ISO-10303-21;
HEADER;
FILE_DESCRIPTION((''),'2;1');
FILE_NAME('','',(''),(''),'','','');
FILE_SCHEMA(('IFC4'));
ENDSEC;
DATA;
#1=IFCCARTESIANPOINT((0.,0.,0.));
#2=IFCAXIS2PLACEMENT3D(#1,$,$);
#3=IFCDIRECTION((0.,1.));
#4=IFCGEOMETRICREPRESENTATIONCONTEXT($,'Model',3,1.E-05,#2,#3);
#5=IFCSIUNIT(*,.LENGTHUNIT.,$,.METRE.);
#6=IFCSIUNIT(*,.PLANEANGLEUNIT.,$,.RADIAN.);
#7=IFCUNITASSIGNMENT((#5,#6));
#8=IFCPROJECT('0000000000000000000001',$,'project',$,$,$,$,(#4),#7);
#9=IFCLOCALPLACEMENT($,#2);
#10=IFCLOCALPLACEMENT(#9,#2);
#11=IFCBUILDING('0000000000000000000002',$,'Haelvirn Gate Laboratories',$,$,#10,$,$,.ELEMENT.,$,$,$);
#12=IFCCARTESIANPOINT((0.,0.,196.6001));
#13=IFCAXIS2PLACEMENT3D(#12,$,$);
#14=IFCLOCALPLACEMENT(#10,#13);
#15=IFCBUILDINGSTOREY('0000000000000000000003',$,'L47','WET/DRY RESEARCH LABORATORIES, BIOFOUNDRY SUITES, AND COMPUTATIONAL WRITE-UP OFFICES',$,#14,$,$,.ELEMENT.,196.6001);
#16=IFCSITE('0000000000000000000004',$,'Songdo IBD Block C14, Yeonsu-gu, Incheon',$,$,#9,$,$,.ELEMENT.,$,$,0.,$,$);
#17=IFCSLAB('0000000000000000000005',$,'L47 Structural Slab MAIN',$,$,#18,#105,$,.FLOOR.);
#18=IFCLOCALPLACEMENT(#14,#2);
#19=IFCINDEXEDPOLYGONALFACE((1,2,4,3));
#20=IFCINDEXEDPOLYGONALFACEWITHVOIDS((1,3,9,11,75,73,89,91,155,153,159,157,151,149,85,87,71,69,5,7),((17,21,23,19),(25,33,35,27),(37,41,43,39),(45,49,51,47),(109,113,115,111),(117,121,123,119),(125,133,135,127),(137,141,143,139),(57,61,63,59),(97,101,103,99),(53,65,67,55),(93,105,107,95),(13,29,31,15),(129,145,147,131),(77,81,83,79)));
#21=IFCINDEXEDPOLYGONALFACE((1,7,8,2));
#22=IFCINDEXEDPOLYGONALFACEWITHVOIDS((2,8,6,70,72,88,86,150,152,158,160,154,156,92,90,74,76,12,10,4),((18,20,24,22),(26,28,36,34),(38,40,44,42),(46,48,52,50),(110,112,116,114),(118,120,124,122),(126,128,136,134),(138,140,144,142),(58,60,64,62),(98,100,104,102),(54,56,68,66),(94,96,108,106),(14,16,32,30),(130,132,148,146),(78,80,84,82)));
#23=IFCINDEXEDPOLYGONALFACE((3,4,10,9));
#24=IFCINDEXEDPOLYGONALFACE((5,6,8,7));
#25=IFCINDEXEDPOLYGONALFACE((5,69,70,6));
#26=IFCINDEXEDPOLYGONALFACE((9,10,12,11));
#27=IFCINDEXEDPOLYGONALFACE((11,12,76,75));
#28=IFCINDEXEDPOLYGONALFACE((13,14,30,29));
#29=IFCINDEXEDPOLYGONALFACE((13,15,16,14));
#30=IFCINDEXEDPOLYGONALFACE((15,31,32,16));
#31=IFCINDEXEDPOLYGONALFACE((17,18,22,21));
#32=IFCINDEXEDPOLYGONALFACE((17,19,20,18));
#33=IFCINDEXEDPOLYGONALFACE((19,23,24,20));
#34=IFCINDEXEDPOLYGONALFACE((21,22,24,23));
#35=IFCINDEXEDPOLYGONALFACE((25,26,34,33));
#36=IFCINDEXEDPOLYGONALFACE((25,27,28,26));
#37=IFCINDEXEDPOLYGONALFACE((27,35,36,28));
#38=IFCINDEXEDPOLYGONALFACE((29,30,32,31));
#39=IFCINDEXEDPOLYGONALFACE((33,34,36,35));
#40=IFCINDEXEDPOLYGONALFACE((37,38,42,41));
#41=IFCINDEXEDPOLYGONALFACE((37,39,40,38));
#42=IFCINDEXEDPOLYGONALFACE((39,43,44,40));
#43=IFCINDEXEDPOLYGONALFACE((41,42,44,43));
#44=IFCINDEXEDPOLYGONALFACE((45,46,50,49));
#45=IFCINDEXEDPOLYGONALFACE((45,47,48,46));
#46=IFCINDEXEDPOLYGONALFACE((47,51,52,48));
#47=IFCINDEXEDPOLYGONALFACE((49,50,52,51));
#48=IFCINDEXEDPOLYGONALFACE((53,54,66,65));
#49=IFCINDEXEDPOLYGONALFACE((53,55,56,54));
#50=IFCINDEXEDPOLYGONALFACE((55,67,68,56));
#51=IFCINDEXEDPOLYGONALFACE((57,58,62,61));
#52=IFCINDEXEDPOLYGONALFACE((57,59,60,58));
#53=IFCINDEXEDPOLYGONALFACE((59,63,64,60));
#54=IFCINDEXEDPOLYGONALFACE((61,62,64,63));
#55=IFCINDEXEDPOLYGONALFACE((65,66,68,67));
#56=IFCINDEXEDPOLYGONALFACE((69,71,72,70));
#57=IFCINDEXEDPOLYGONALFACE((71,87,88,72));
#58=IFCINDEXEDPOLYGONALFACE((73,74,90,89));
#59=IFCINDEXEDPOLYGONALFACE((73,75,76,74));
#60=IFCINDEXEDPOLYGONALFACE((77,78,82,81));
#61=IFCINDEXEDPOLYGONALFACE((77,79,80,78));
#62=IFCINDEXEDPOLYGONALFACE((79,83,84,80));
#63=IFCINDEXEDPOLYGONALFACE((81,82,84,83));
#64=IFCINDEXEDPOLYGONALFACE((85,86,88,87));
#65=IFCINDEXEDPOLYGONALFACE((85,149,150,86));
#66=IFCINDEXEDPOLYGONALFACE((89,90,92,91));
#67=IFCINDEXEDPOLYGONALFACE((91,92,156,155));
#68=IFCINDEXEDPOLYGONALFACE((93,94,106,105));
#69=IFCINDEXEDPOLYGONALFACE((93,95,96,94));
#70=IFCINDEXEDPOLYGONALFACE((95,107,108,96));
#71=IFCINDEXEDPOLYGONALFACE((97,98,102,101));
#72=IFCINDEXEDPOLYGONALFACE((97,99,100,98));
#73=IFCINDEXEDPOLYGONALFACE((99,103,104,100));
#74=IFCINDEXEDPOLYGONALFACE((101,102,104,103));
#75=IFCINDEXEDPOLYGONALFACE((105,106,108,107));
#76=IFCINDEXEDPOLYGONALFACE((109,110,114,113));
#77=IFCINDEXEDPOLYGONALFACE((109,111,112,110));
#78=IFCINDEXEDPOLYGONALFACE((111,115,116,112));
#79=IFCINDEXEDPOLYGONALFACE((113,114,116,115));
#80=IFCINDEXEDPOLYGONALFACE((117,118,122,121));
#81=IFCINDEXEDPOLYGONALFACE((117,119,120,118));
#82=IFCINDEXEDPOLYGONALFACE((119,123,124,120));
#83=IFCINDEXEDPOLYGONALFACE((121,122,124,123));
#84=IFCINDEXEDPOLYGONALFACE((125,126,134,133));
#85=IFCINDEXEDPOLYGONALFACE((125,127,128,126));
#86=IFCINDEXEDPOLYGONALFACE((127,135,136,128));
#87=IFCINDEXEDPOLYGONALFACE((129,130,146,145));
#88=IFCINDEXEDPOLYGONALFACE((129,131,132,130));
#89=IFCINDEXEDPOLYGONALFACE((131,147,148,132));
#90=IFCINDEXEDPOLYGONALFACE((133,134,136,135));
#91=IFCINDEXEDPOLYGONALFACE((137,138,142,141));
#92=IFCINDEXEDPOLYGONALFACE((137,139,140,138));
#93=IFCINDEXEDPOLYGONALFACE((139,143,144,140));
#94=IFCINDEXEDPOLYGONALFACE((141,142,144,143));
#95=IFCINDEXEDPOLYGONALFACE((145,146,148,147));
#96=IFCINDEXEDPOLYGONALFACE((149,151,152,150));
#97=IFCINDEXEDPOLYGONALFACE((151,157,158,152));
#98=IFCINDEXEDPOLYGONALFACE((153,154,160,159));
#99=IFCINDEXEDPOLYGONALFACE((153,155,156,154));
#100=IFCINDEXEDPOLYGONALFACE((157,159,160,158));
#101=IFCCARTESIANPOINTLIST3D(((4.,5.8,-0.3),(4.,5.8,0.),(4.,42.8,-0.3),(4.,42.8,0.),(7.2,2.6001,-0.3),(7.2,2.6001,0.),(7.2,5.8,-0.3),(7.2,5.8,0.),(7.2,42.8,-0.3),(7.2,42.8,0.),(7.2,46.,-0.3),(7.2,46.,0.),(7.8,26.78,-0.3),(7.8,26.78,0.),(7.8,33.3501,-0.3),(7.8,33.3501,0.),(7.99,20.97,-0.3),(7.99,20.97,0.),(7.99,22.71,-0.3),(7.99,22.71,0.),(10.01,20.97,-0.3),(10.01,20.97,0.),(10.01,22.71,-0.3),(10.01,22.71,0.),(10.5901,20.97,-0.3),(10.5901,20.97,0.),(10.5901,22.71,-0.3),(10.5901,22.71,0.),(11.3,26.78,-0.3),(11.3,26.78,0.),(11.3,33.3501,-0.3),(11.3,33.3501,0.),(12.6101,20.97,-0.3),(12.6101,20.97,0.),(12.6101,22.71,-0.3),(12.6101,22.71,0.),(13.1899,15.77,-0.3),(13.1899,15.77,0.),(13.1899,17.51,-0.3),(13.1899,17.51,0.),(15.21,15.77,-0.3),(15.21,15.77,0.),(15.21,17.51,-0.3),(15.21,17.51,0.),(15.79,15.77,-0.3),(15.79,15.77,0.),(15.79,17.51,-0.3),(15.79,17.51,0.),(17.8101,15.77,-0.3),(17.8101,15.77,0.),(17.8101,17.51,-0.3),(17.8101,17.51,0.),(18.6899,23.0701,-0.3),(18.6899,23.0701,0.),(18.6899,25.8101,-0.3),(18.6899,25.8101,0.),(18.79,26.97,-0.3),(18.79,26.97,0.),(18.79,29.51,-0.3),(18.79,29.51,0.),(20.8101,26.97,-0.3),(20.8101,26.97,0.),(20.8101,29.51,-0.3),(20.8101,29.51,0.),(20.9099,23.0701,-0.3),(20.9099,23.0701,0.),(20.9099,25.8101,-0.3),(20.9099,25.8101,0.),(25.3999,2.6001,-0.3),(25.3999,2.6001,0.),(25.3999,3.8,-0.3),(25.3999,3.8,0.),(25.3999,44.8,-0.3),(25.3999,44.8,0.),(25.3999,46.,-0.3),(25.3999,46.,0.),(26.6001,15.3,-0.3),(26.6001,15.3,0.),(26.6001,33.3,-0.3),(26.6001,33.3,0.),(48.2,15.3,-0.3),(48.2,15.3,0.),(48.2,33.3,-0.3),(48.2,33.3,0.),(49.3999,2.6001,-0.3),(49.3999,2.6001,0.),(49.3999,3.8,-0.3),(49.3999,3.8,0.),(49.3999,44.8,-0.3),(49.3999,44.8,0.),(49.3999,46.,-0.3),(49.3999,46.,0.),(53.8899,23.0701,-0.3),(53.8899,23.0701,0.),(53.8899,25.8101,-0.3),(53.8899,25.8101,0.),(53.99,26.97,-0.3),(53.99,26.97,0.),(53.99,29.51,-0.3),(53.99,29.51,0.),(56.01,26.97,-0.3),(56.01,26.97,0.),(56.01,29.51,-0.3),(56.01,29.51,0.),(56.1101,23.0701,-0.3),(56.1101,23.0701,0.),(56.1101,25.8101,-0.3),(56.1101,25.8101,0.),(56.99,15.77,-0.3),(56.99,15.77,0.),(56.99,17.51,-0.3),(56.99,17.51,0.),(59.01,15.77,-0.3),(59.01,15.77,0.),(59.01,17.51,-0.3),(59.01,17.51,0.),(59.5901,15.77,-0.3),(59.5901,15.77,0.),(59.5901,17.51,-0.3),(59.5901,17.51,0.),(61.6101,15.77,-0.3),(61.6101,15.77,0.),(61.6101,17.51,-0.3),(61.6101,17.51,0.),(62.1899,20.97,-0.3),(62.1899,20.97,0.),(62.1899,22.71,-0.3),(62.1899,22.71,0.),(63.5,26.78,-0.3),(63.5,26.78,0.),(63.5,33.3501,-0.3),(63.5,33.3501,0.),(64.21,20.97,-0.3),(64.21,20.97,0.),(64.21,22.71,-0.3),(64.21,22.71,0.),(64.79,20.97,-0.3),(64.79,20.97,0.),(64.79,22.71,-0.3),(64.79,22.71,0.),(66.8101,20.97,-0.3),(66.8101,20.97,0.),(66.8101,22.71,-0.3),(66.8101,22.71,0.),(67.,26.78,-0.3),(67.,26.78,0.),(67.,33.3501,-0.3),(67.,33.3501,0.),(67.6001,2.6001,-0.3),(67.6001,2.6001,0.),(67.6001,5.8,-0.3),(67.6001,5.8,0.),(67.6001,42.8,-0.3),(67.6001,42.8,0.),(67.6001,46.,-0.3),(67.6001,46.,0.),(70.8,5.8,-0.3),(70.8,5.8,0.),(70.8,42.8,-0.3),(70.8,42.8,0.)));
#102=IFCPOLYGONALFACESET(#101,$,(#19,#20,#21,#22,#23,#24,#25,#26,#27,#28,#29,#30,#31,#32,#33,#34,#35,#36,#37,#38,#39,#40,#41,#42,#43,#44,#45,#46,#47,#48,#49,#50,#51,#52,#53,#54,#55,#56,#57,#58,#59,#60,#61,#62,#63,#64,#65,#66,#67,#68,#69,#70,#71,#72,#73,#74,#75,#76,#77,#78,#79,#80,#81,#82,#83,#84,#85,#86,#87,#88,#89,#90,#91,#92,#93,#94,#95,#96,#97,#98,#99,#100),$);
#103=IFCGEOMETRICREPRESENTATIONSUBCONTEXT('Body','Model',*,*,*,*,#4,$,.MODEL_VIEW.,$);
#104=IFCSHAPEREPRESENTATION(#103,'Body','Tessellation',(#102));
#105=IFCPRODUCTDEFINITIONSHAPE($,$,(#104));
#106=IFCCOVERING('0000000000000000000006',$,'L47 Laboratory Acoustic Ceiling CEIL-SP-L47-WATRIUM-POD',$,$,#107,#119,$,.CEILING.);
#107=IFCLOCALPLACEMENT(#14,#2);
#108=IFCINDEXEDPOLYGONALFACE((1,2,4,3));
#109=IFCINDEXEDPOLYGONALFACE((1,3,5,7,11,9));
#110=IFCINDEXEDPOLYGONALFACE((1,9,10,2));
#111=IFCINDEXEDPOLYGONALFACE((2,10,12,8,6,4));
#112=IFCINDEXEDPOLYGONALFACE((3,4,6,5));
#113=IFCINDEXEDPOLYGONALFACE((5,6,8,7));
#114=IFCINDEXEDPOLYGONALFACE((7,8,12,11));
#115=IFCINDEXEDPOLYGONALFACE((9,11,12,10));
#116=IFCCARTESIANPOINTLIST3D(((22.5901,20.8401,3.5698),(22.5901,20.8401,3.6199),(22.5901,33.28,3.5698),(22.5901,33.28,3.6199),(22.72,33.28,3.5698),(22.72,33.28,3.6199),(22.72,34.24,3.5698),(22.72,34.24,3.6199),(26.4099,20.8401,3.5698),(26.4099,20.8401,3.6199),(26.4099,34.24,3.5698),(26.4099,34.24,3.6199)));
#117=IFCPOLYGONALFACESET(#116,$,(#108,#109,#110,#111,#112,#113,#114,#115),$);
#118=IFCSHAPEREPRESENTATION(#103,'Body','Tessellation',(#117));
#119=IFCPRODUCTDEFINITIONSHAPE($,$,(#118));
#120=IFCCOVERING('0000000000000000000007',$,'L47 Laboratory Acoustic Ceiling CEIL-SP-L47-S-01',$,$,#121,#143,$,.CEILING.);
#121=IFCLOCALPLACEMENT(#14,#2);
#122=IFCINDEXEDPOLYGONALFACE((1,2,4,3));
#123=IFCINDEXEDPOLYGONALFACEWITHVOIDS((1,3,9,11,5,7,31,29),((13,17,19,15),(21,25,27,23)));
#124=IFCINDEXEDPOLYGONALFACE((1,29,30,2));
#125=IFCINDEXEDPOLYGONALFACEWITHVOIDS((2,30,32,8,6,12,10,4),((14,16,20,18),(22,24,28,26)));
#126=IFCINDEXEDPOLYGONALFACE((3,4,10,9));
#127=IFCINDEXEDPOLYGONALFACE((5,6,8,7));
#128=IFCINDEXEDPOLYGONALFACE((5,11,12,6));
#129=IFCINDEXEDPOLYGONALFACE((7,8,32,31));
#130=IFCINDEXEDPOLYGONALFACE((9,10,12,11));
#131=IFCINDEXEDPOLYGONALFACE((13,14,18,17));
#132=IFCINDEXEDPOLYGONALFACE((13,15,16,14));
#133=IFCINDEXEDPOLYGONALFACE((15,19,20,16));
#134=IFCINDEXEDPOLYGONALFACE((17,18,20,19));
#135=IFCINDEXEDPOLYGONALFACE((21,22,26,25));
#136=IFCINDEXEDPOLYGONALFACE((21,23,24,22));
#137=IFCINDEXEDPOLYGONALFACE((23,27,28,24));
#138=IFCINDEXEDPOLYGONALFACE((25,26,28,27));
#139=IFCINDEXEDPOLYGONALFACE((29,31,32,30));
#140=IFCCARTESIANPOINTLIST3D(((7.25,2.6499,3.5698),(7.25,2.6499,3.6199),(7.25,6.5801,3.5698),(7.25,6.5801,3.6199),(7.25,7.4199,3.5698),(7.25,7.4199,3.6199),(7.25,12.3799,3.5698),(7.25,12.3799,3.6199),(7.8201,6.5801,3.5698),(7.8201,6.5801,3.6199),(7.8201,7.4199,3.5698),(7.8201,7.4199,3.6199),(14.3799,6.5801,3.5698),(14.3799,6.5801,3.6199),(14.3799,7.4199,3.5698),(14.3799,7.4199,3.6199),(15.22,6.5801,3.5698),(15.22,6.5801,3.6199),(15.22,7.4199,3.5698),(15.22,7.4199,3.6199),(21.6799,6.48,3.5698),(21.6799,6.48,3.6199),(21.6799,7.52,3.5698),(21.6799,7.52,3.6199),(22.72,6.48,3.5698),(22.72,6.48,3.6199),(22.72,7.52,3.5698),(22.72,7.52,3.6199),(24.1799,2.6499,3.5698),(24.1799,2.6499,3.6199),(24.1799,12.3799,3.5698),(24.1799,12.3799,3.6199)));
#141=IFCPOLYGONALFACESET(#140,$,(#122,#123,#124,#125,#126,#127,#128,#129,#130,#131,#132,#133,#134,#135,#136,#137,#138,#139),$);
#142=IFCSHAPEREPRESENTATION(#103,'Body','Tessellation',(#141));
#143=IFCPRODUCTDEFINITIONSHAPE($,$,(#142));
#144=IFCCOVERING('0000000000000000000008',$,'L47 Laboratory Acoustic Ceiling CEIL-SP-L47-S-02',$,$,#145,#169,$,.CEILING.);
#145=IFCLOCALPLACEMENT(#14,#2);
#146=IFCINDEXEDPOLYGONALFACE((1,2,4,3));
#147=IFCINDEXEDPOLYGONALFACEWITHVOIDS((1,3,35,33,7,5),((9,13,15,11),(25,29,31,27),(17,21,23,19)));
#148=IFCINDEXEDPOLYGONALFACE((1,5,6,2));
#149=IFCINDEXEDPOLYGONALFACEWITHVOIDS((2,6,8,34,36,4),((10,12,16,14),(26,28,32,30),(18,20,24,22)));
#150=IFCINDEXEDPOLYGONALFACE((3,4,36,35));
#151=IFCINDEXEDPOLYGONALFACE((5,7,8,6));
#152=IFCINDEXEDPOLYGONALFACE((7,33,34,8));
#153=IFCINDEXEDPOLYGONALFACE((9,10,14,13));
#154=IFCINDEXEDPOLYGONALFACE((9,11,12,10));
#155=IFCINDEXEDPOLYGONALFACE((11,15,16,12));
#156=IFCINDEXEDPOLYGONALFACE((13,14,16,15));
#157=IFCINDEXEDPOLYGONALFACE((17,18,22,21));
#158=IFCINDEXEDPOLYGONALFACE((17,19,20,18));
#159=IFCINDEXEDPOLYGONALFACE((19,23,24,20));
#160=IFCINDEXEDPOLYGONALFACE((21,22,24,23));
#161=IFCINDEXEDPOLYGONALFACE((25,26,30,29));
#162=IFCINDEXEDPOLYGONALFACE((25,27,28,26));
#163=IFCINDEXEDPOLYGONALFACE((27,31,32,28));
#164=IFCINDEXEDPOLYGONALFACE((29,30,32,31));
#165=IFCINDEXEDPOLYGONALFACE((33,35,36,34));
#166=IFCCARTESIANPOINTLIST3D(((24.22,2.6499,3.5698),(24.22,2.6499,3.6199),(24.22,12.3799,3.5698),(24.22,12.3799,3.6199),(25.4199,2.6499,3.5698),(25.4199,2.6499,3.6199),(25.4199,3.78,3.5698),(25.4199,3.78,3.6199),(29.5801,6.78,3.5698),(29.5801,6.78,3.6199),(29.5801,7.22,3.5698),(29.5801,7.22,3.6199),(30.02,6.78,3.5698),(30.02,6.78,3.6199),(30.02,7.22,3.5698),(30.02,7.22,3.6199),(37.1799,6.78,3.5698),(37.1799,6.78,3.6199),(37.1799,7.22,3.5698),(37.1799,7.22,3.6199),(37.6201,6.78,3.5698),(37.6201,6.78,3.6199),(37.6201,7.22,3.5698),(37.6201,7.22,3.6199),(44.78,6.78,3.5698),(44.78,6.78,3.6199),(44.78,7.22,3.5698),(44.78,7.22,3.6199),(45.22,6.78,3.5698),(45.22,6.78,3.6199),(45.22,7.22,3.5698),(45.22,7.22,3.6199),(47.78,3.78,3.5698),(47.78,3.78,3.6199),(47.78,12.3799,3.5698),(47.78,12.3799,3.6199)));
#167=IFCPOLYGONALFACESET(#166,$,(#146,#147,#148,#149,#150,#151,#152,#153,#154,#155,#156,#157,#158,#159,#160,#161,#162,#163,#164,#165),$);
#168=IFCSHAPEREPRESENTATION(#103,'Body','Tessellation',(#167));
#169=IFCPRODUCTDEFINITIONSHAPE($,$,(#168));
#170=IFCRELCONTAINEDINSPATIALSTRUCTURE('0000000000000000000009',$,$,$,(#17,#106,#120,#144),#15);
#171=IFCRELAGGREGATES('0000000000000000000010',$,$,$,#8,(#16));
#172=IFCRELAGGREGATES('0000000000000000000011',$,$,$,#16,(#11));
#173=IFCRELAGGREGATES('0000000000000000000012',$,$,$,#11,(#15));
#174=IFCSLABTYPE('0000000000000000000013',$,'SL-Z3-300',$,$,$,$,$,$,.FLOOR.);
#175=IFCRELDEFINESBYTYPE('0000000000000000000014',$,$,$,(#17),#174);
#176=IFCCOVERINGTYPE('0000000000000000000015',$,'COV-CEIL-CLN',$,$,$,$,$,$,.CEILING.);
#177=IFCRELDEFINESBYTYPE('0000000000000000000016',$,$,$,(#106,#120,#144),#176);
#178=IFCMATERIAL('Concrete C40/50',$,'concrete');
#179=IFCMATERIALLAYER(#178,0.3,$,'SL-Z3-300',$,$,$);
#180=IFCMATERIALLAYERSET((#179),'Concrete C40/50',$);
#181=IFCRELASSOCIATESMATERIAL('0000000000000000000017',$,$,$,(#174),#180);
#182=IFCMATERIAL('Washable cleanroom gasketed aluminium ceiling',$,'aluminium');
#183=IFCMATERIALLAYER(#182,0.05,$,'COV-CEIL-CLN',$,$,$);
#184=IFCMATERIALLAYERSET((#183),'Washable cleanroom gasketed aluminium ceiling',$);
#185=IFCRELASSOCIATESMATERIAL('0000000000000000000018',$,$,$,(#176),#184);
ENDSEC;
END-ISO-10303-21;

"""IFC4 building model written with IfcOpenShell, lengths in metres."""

from ifc_helpers import new_model, si_unit, direction, frame, origin, place, context, subcontext, project, spatial, polyline, outline, extrude, material, layer, layer_set, type_object, element, save


model = new_model("IFC4")

# Units and contexts
model_context = context("Model", 3, precision=1e-05, world=origin(), true_north=direction((0.0, 1.0)))
body_context = subcontext(model_context, "Body", "Model", "MODEL_VIEW")
ifc_project = project(units=[si_unit("LENGTHUNIT", "METRE"), si_unit("PLANEANGLEUNIT", "RADIAN")], contexts=[model_context])

# Site, building, storey
site_placement = place(None, origin())
site = spatial("IfcSite", under=ifc_project, at=site_placement, Name="Songdo IBD Block C14, Yeonsu-gu, Incheon", CompositionType="ELEMENT", RefElevation=0.0)
building_placement = place(site_placement, origin())
building = spatial("IfcBuilding", under=site, at=building_placement, Name="Haelvirn Gate Laboratories", CompositionType="ELEMENT")
storey_placement = place(building_placement, frame((0.0, 0.0, 196.6001)))
storey = spatial("IfcBuildingStorey", under=building, at=storey_placement, Name="L47", Description="WET/DRY RESEARCH LABORATORIES, BIOFOUNDRY SUITES, AND COMPUTATIONAL WRITE-UP OFFICES", CompositionType="ELEMENT", Elevation=196.6001)

# Slab
ifc_material_1 = material(Name="Concrete C40/50", Category="concrete")
ifc_layer_1 = layer(ifc_material_1, 0.3, Name="SL-Z3-300")
ifc_layer_set_1 = layer_set([ifc_layer_1], Name="Concrete C40/50")
slab_type_1 = type_object("IfcSlabType", Name="SL-Z3-300", PredefinedType="FLOOR", material=ifc_layer_set_1)
slab_1_placement = place(storey_placement, frame((0.0, 0.0, -0.3)))
element("IfcSlab", 1, at=slab_1_placement, inside=storey, type_object=slab_type_1, Name="L47 Structural Slab MAIN", PredefinedType="FLOOR", context=body_context, shape_type="SweptSolid", body=[
    extrude(outline(polyline([(7.2, 2.6001), (25.3999, 2.6001), (25.3999, 3.8), (49.3999, 3.8), (49.3999, 2.6001), (67.6001, 2.6001), (67.6001, 5.8), (70.8, 5.8), (70.8, 42.8), (67.6001, 42.8), (67.6001, 46.0), (49.3999, 46.0), (49.3999, 44.8), (25.3999, 44.8), (25.3999, 46.0), (7.2, 46.0), (7.2, 42.8), (4.0, 42.8), (4.0, 5.8), (7.2, 5.8), (7.2, 2.6001)]), holes=[polyline([(26.6001, 15.3), (48.2, 15.3), (48.2, 33.3), (26.6001, 33.3), (26.6001, 15.3)]), polyline([(11.3, 26.78), (11.3, 33.3501), (7.8, 33.3501), (7.8, 26.78), (11.3, 26.78)]), polyline([(67.0, 26.78), (67.0, 33.3501), (63.5, 33.3501), (63.5, 26.78), (67.0, 26.78)]), polyline([(13.1899, 15.77), (15.21, 15.77), (15.21, 17.51), (13.1899, 17.51), (13.1899, 15.77)]), polyline([(15.79, 15.77), (17.8101, 15.77), (17.8101, 17.51), (15.79, 17.51), (15.79, 15.77)]), polyline([(7.99, 20.97), (10.01, 20.97), (10.01, 22.71), (7.99, 22.71), (7.99, 20.97)]), polyline([(10.5901, 20.97), (12.6101, 20.97), (12.6101, 22.71), (10.5901, 22.71), (10.5901, 20.97)]), polyline([(18.79, 26.97), (20.8101, 26.97), (20.8101, 29.51), (18.79, 29.51), (18.79, 26.97)]), polyline([(18.6899, 23.0701), (20.9099, 23.0701), (20.9099, 25.8101), (18.6899, 25.8101), (18.6899, 23.0701)]), polyline([(59.5901, 15.77), (61.6101, 15.77), (61.6101, 17.51), (59.5901, 17.51), (59.5901, 15.77)]), polyline([(56.99, 15.77), (59.01, 15.77), (59.01, 17.51), (56.99, 17.51), (56.99, 15.77)]), polyline([(64.79, 20.97), (66.8101, 20.97), (66.8101, 22.71), (64.79, 22.71), (64.79, 20.97)]), polyline([(62.1899, 20.97), (64.21, 20.97), (64.21, 22.71), (62.1899, 22.71), (62.1899, 20.97)]), polyline([(53.99, 26.97), (56.01, 26.97), (56.01, 29.51), (53.99, 29.51), (53.99, 26.97)]), polyline([(53.8899, 23.0701), (56.1101, 23.0701), (56.1101, 25.8101), (53.8899, 25.8101), (53.8899, 23.0701)])]), origin(), (0.0, 0.0, 1.0), 0.3),
])

# Coverings
ifc_material_2 = material(Name="Washable cleanroom gasketed aluminium ceiling", Category="aluminium")
ifc_layer_2 = layer(ifc_material_2, 0.05, Name="COV-CEIL-CLN")
ifc_layer_set_2 = layer_set([ifc_layer_2], Name="Washable cleanroom gasketed aluminium ceiling")
covering_type_1 = type_object("IfcCoveringType", Name="COV-CEIL-CLN", PredefinedType="CEILING", material=ifc_layer_set_2)
covering_1_placement = place(storey_placement, frame((0.0, 0.0, 3.5698)))
element("IfcCovering", 2, at=covering_1_placement, inside=storey, type_object=covering_type_1, Name="L47 Laboratory Acoustic Ceiling CEIL-SP-L47-WATRIUM-POD", PredefinedType="CEILING", context=body_context, shape_type="SweptSolid", body=[
    extrude(outline(polyline([(26.4099, 34.24), (26.4099, 20.8401), (22.5901, 20.8401), (22.5901, 33.28), (22.72, 33.28), (22.72, 34.24), (26.4099, 34.24)])), origin(), (0.0, 0.0, 1.0), 0.05),
])
covering_2_placement = place(storey_placement, frame((0.0, 0.0, 3.5698)))
element("IfcCovering", 3, at=covering_2_placement, inside=storey, type_object=covering_type_1, Name="L47 Laboratory Acoustic Ceiling CEIL-SP-L47-S-01", PredefinedType="CEILING", context=body_context, shape_type="SweptSolid", body=[
    extrude(outline(polyline([(7.25, 12.3799), (24.1799, 12.3799), (24.1799, 2.6499), (7.25, 2.6499), (7.25, 6.5801), (7.8201, 6.5801), (7.8201, 7.4199), (7.25, 7.4199), (7.25, 12.3799)]), holes=[polyline([(14.3799, 6.5801), (15.22, 6.5801), (15.22, 7.4199), (14.3799, 7.4199), (14.3799, 6.5801)]), polyline([(21.6799, 7.52), (21.6799, 6.48), (22.72, 6.48), (22.72, 7.52), (21.6799, 7.52)])]), origin(), (0.0, 0.0, 1.0), 0.05),
])
covering_3_placement = place(storey_placement, frame((0.0, 0.0, 3.5698)))
element("IfcCovering", 4, at=covering_3_placement, inside=storey, type_object=covering_type_1, Name="L47 Laboratory Acoustic Ceiling CEIL-SP-L47-S-02", PredefinedType="CEILING", context=body_context, shape_type="SweptSolid", body=[
    extrude(outline(polyline([(24.22, 12.3799), (47.78, 12.3799), (47.78, 3.78), (25.4199, 3.78), (25.4199, 2.6499), (24.22, 2.6499), (24.22, 12.3799)]), holes=[polyline([(29.5801, 6.78), (30.02, 6.78), (30.02, 7.22), (29.5801, 7.22), (29.5801, 6.78)]), polyline([(37.1799, 7.22), (37.1799, 6.78), (37.6201, 6.78), (37.6201, 7.22), (37.1799, 7.22)]), polyline([(45.22, 7.22), (44.78, 7.22), (44.78, 6.78), (45.22, 6.78), (45.22, 7.22)])]), origin(), (0.0, 0.0, 1.0), 0.05),
])

save(model, "model.ifc")
